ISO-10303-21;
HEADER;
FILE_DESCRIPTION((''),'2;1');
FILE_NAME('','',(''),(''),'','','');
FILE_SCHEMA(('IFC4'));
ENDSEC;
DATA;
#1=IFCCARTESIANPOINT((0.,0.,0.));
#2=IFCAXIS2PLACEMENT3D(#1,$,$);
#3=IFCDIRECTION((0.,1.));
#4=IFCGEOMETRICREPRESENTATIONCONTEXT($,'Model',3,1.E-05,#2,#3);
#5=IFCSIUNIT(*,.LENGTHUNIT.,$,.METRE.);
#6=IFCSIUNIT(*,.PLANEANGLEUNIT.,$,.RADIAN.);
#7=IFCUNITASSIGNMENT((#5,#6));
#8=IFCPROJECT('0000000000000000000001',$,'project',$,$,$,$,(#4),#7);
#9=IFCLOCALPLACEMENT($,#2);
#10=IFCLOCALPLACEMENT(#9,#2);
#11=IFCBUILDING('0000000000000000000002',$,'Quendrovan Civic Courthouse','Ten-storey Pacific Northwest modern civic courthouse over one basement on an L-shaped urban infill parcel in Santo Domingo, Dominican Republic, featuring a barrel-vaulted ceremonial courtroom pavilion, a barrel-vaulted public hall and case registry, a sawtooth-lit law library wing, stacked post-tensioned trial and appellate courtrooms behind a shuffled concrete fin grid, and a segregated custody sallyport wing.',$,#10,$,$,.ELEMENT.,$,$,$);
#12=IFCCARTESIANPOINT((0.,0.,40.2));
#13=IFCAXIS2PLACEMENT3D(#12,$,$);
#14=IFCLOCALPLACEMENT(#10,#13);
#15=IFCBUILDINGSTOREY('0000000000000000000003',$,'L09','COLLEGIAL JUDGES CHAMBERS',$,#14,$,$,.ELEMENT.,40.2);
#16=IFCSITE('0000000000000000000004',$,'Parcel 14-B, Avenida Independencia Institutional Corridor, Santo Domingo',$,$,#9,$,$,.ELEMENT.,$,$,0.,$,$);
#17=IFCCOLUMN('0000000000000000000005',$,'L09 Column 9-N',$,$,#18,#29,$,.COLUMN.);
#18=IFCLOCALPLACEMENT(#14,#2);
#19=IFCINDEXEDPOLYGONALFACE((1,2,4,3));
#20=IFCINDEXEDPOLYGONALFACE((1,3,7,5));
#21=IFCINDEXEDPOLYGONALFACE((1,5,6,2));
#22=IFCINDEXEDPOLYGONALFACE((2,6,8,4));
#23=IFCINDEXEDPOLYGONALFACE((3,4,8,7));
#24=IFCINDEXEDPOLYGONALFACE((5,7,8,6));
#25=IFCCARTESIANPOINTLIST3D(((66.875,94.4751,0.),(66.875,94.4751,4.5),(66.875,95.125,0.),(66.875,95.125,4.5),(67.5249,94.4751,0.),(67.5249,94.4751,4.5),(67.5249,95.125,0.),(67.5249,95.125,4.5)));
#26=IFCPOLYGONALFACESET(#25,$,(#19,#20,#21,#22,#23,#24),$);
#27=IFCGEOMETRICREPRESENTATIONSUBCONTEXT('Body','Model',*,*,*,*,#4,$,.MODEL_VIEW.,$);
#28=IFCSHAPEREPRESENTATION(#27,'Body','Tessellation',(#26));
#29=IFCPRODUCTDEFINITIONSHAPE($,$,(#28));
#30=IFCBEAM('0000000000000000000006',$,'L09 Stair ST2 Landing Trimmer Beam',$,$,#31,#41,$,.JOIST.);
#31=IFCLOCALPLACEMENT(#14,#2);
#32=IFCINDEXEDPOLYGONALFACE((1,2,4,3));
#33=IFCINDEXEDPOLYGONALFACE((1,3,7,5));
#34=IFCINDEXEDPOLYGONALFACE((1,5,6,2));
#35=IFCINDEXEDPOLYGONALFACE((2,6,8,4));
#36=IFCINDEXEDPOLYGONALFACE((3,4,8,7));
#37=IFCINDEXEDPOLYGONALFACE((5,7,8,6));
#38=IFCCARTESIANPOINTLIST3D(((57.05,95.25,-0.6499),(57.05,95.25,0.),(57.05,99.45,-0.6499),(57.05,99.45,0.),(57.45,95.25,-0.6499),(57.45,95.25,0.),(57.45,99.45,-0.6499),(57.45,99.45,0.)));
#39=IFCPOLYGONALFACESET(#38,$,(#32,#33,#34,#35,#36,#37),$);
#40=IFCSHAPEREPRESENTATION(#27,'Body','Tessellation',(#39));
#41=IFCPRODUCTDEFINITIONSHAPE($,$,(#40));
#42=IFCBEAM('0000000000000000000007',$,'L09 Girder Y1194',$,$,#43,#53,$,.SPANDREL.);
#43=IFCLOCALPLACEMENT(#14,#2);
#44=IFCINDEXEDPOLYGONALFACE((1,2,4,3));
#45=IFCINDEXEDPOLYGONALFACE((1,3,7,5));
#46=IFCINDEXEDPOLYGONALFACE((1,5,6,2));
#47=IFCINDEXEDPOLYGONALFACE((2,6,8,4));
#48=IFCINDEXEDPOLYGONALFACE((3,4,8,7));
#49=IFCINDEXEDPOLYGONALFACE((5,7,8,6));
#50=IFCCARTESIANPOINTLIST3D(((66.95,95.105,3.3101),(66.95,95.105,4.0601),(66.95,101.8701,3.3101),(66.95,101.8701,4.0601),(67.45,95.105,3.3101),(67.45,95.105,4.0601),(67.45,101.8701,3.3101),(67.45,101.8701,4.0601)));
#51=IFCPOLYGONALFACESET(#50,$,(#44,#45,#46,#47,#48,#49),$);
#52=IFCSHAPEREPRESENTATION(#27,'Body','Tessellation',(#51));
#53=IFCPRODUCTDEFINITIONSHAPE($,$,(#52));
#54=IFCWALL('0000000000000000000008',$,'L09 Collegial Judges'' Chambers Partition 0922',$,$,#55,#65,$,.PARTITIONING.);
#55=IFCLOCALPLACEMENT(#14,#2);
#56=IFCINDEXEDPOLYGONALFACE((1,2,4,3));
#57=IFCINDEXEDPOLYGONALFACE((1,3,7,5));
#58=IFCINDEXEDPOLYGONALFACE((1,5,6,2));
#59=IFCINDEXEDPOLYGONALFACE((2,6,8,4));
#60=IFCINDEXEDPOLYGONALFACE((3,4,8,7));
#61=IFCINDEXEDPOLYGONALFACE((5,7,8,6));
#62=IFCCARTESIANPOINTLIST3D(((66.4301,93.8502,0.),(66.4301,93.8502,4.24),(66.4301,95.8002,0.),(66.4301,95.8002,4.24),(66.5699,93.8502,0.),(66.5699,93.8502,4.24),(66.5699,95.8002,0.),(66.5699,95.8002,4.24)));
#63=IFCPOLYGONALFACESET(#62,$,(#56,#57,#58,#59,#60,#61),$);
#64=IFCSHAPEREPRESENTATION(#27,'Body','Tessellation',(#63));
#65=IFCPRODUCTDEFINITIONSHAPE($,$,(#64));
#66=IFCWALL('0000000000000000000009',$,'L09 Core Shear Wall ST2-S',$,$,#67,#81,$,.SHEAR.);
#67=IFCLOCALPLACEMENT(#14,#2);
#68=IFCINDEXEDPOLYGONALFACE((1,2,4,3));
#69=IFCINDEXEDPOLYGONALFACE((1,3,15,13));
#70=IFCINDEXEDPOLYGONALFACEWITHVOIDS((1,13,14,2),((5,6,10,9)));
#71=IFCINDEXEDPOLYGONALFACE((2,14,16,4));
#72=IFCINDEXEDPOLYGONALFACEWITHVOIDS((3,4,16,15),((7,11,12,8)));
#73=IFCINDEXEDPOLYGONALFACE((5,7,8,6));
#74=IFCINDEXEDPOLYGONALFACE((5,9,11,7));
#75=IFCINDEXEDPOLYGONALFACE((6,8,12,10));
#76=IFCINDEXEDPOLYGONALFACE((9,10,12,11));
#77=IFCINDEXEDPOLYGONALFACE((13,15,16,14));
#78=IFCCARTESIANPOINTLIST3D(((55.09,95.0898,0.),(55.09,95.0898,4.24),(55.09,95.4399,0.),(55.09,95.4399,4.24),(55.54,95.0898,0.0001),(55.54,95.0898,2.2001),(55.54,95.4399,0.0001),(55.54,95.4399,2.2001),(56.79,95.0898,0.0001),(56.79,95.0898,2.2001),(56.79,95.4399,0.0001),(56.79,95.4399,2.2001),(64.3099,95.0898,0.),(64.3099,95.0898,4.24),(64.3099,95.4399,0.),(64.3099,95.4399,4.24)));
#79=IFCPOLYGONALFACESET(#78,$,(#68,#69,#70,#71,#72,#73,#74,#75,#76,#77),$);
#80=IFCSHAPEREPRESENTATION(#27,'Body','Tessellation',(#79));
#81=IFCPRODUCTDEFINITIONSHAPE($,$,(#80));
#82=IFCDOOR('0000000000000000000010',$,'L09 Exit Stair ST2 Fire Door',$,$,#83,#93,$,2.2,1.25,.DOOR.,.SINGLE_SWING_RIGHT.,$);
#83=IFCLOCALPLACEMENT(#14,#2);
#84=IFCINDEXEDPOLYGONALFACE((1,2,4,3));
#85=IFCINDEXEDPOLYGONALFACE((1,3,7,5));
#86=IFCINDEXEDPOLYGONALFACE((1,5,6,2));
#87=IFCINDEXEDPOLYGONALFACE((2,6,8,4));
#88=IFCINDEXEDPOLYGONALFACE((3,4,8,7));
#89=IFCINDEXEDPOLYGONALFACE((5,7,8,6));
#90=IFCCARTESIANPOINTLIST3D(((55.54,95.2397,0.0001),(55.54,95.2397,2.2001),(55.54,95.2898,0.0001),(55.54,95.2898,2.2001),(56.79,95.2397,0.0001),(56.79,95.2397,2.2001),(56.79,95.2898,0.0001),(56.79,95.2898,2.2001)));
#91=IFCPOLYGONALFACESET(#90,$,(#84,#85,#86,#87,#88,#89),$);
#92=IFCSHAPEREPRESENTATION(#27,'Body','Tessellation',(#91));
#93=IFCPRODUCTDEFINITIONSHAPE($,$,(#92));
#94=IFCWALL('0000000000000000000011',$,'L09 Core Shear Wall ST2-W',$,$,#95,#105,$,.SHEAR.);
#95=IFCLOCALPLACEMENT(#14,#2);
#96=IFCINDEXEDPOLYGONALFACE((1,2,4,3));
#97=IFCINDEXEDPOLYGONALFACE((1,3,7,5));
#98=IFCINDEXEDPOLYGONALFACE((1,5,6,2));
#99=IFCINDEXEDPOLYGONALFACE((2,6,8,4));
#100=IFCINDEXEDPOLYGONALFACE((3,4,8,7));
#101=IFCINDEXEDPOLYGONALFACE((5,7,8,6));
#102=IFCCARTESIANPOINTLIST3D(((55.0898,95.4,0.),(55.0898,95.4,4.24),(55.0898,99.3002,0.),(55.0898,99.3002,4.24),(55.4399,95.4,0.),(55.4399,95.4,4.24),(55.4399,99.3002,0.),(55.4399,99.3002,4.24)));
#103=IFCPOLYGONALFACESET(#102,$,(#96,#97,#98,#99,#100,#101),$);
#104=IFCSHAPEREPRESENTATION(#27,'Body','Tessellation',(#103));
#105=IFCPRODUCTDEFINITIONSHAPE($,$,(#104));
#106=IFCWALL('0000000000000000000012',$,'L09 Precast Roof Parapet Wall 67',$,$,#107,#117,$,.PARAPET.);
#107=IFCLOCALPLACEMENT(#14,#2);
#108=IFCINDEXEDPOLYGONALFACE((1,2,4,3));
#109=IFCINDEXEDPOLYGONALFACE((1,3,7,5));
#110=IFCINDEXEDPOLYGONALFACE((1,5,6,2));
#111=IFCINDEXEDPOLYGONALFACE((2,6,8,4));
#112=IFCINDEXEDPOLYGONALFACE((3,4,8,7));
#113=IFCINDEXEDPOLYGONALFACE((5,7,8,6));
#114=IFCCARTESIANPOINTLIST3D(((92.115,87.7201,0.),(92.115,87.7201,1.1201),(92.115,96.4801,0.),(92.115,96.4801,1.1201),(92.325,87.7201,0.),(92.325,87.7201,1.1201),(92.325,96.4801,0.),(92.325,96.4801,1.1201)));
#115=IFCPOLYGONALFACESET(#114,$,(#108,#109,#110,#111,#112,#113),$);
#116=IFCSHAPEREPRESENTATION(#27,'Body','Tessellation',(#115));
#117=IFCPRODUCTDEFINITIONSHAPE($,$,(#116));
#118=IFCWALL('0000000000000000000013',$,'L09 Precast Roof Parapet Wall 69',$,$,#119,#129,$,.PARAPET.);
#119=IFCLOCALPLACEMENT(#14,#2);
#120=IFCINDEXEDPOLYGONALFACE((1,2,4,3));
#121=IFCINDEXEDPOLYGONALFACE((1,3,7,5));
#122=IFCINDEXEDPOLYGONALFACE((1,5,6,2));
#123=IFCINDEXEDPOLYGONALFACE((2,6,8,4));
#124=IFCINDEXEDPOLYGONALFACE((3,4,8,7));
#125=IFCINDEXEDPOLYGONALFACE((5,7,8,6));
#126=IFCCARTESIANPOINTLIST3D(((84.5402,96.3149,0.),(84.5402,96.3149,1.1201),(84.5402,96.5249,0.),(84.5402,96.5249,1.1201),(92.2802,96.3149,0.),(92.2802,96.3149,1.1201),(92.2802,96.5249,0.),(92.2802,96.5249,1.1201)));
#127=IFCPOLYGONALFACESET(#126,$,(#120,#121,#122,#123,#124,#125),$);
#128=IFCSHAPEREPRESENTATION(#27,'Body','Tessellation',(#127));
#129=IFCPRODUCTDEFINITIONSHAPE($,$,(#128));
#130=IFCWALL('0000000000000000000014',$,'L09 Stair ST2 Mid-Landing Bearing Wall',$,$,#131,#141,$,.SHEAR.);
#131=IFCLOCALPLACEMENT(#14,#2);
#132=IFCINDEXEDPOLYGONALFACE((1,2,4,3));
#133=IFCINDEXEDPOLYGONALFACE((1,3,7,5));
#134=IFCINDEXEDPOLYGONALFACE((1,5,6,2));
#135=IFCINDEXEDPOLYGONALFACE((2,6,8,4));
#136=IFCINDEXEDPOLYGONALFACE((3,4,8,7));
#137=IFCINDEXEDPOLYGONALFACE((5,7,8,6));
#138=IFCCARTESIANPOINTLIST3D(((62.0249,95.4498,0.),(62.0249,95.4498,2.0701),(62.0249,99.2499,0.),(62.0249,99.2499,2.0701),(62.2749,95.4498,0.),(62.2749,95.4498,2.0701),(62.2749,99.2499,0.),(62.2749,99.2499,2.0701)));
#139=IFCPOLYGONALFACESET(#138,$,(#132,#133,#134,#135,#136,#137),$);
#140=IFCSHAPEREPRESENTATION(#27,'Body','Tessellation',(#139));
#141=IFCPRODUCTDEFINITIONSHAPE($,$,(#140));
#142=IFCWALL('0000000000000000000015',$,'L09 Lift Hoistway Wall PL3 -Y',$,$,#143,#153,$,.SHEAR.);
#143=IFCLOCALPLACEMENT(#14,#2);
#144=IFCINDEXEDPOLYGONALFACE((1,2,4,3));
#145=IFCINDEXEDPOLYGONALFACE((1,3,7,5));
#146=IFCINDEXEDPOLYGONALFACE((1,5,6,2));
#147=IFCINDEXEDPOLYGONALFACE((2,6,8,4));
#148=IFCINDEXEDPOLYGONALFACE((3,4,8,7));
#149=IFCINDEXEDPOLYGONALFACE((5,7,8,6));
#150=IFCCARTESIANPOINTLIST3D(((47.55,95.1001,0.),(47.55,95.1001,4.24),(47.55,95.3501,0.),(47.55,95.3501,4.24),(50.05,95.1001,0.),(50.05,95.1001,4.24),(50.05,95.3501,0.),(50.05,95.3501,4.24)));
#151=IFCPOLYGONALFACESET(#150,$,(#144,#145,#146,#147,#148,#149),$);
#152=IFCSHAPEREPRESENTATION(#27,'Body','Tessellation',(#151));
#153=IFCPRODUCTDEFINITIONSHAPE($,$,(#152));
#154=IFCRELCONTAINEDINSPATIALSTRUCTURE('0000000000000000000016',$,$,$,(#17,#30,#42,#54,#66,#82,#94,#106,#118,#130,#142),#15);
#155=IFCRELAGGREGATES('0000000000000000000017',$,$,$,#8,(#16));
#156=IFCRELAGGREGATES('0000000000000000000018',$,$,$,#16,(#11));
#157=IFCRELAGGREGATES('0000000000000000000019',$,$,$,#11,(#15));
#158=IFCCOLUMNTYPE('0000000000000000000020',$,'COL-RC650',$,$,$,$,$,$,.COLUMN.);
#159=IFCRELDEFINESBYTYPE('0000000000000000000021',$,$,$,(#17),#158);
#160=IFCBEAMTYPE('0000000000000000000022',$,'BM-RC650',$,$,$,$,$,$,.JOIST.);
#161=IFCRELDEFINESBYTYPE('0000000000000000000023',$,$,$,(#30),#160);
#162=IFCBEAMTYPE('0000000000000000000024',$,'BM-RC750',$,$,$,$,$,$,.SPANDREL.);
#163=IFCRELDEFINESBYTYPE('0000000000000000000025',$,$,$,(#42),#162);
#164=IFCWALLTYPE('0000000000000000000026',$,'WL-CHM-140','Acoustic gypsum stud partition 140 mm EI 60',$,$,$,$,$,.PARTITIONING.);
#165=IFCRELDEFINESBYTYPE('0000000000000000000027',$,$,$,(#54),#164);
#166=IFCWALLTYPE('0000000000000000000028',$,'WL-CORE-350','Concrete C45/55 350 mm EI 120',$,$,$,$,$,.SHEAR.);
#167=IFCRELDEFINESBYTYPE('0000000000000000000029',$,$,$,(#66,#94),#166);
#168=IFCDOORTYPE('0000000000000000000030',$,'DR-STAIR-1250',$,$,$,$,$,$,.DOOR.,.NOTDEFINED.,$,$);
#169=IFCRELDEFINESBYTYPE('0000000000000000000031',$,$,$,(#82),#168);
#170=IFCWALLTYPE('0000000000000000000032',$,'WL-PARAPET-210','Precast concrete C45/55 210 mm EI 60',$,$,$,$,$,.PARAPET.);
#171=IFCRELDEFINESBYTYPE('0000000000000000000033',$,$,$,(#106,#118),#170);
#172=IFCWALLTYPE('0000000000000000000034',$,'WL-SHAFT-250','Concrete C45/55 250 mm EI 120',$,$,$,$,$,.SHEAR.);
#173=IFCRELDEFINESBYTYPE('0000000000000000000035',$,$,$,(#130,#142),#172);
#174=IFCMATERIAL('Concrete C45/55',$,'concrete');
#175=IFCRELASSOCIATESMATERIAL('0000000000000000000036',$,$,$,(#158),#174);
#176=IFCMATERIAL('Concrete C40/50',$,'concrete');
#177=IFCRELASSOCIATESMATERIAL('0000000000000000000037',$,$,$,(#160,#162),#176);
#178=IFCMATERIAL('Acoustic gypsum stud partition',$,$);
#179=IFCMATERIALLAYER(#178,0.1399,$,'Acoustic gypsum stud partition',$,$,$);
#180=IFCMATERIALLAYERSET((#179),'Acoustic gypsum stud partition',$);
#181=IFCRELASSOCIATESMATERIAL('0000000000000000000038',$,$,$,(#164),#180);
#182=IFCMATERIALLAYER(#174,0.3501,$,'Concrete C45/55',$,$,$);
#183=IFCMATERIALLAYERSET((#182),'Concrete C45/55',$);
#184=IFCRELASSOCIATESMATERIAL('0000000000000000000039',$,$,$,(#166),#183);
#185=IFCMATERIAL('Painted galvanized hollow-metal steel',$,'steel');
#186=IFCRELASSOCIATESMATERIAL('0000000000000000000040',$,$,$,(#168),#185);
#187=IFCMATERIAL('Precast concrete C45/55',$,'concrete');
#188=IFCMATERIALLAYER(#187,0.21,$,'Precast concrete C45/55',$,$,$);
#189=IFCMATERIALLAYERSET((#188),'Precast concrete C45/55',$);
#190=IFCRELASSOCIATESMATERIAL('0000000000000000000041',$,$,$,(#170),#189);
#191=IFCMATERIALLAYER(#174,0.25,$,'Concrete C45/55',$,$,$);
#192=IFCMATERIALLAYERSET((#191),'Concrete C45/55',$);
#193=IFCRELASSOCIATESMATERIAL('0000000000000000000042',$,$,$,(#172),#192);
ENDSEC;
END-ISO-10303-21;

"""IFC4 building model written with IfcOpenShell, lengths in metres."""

from ifc_helpers import new_model, si_unit, direction, frame, frame_2d, origin, origin_2d, place, context, subcontext, project, spatial, rectangle, extrude, material, layer, layer_set, material_profile, profile_set, type_object, element, fill, save


model = new_model("IFC4")

# Units and contexts
model_context = context("Model", 3, precision=1e-05, world=origin(), true_north=direction((0.0, 1.0)))
body_context = subcontext(model_context, "Body", "Model", "MODEL_VIEW")
ifc_project = project(units=[si_unit("LENGTHUNIT", "METRE"), si_unit("PLANEANGLEUNIT", "RADIAN")], contexts=[model_context])

# Site, building, storey
site_placement = place(None, origin())
site = spatial("IfcSite", under=ifc_project, at=site_placement, Name="Parcel 14-B, Avenida Independencia Institutional Corridor, Santo Domingo", CompositionType="ELEMENT", RefElevation=0.0)
building_placement = place(site_placement, origin())
building = spatial("IfcBuilding", under=site, at=building_placement, Name="Quendrovan Civic Courthouse", Description="Ten-storey Pacific Northwest modern civic courthouse over one basement on an L-shaped urban infill parcel in Santo Domingo, Dominican Republic, featuring a barrel-vaulted ceremonial courtroom pavilion, a barrel-vaulted public hall and case registry, a sawtooth-lit law library wing, stacked post-tensioned trial and appellate courtrooms behind a shuffled concrete fin grid, and a segregated custody sallyport wing.", CompositionType="ELEMENT")
storey_placement = place(building_placement, frame((0.0, 0.0, 40.2)))
storey = spatial("IfcBuildingStorey", under=building, at=storey_placement, Name="L09", Description="COLLEGIAL JUDGES CHAMBERS", CompositionType="ELEMENT", Elevation=40.2)

# Column
ifc_material_1 = material(Name="Concrete C45/55", Category="concrete")
ifc_material_profile_1 = material_profile(ifc_material_1, rectangle(XDim=0.6499, YDim=0.6499, at=origin_2d()), Name="RC-COL-650x650")
ifc_profile_set_1 = profile_set([ifc_material_profile_1], Name="Concrete C45/55")
column_type = type_object("IfcColumnType", Name="COL-RC650", PredefinedType="COLUMN", material=ifc_profile_set_1)
column_placement = place(storey_placement, frame((67.2, 94.8, 0.0), z_axis=(0.0, 0.0, 1.0), x_axis=(1.0, 0.0, 0.0)))
element("IfcColumn", 1, at=column_placement, inside=storey, type_object=column_type, Name="L09 Column 9-N", PredefinedType="COLUMN", context=body_context, shape_type="SweptSolid", body=[
    extrude(rectangle(XDim=0.6499, YDim=0.6499, at=origin_2d()), origin(), (0.0, 0.0, 1.0), 4.5),
])

# Beams
ifc_material_2 = material(Name="Concrete C40/50", Category="concrete")
ifc_material_profile_2 = material_profile(ifc_material_2, rectangle(XDim=0.3999, YDim=0.6499, at=origin_2d()), Name="RC-BM-400x650")
ifc_profile_set_2 = profile_set([ifc_material_profile_2], Name="Concrete C40/50")
beam_type_1 = type_object("IfcBeamType", Name="BM-RC650", PredefinedType="JOIST", material=ifc_profile_set_2)
beam_1_placement = place(storey_placement, frame((57.25, 95.25, -0.325), z_axis=(0.0, 1.0, 0.0), x_axis=(-1.0, 0.0, 0.0)))
element("IfcBeam", 2, at=beam_1_placement, inside=storey, type_object=beam_type_1, Name="L09 Stair ST2 Landing Trimmer Beam", PredefinedType="JOIST", context=body_context, shape_type="SweptSolid", body=[
    extrude(rectangle(XDim=0.3999, YDim=0.6499, at=origin_2d()), origin(), (0.0, 0.0, 1.0), 4.2),
])
ifc_material_profile_3 = material_profile(ifc_material_2, rectangle(XDim=0.5, YDim=0.75, at=origin_2d()), Name="RC-BM-500x750")
ifc_profile_set_3 = profile_set([ifc_material_profile_3], Name="Concrete C40/50")
beam_type_2 = type_object("IfcBeamType", Name="BM-RC750", PredefinedType="SPANDREL", material=ifc_profile_set_3)
beam_2_placement = place(storey_placement, frame((67.2, 95.105, 3.6851), z_axis=(0.0, 1.0, 0.0), x_axis=(-1.0, 0.0, 0.0)))
element("IfcBeam", 3, at=beam_2_placement, inside=storey, type_object=beam_type_2, Name="L09 Girder Y1194", PredefinedType="SPANDREL", context=body_context, shape_type="SweptSolid", body=[
    extrude(rectangle(XDim=0.5, YDim=0.75, at=origin_2d()), origin(), (0.0, 0.0, 1.0), 6.7651),
])

# Wall
ifc_material_3 = material(Name="Acoustic gypsum stud partition")
ifc_layer_1 = layer(ifc_material_3, 0.1399, Name="Acoustic gypsum stud partition")
ifc_layer_set_1 = layer_set([ifc_layer_1], Name="Acoustic gypsum stud partition")
wall_type_1 = type_object("IfcWallType", Name="WL-CHM-140", Description="Acoustic gypsum stud partition 140 mm EI 60", PredefinedType="PARTITIONING", material=ifc_layer_set_1)
wall_1_placement = place(storey_placement, frame((66.5, 93.8501, 0.0), z_axis=(0.0, 0.0, 1.0), x_axis=(0.0, 1.0, 0.0)))
element("IfcWall", 4, at=wall_1_placement, inside=storey, type_object=wall_type_1, Name="L09 Collegial Judges' Chambers Partition 0922", PredefinedType="PARTITIONING", context=body_context, shape_type="SweptSolid", body=[
    extrude(rectangle(XDim=1.95, YDim=0.1399, at=frame_2d((0.9751, 0.0))), origin(), (0.0, 0.0, 1.0), 4.24),
])

# Wall, opening, door
ifc_layer_2 = layer(ifc_material_1, 0.3501, Name="Concrete C45/55")
ifc_layer_set_2 = layer_set([ifc_layer_2], Name="Concrete C45/55")
wall_type_2 = type_object("IfcWallType", Name="WL-CORE-350", Description="Concrete C45/55 350 mm EI 120", PredefinedType="SHEAR", material=ifc_layer_set_2)
wall_2_placement = place(storey_placement, frame((55.0901, 95.2649, 0.0), z_axis=(0.0, 0.0, 1.0), x_axis=(1.0, 0.0, 0.0)))
wall_2 = element("IfcWall", 5, at=wall_2_placement, inside=storey, type_object=wall_type_2, Name="L09 Core Shear Wall ST2-S", PredefinedType="SHEAR", context=body_context, shape_type="SweptSolid", body=[
    extrude(rectangle(XDim=9.22, YDim=0.3501, at=frame_2d((4.6099, 0.0))), origin(), (0.0, 0.0, 1.0), 4.24),
])
opening_1_placement = place(wall_2_placement, frame((0.45, 0.0, 0.0)))
opening_1 = element("IfcOpeningElement", 6, at=opening_1_placement, cuts=wall_2, PredefinedType="OPENING", context=body_context, shape_type="SweptSolid", body=[
    extrude(rectangle(XDim=1.25, YDim=2.2, at=frame_2d((0.625, 1.1001))), frame((0.0, 0.1851, 0.0), z_axis=(0.0, -1.0, 0.0), x_axis=(1.0, 0.0, 0.0)), (0.0, 0.0, 1.0), 0.3701),
])
ifc_material_4 = material(Name="Painted galvanized hollow-metal steel", Category="steel")
door_type_1 = type_object("IfcDoorType", Name="DR-STAIR-1250", OperationType="NOTDEFINED", PredefinedType="DOOR", material=ifc_material_4)
door_1_placement = place(opening_1_placement, origin())
door_1 = element("IfcDoor", 7, at=door_1_placement, inside=storey, type_object=door_type_1, Name="L09 Exit Stair ST2 Fire Door", OperationType="SINGLE_SWING_RIGHT", OverallHeight=2.2, OverallWidth=1.25, PredefinedType="DOOR", context=body_context, shape_type="SweptSolid", body=[
    extrude(rectangle(XDim=1.25, YDim=2.2, at=frame_2d((0.625, 1.1001))), frame((0.0, 0.0249, 0.0), z_axis=(0.0, -1.0, 0.0), x_axis=(1.0, 0.0, 0.0)), (0.0, 0.0, 1.0), 0.05),
])
fill(opening_1, door_1)

# Walls
wall_3_placement = place(storey_placement, frame((55.2649, 95.3999, 0.0), z_axis=(0.0, 0.0, 1.0), x_axis=(0.0, 1.0, 0.0)))
element("IfcWall", 8, at=wall_3_placement, inside=storey, type_object=wall_type_2, Name="L09 Core Shear Wall ST2-W", PredefinedType="SHEAR", context=body_context, shape_type="SweptSolid", body=[
    extrude(rectangle(XDim=3.9001, YDim=0.3501, at=frame_2d((1.9502, 0.0))), origin(), (0.0, 0.0, 1.0), 4.24),
])
ifc_material_5 = material(Name="Precast concrete C45/55", Category="concrete")
ifc_layer_3 = layer(ifc_material_5, 0.21, Name="Precast concrete C45/55")
ifc_layer_set_3 = layer_set([ifc_layer_3], Name="Precast concrete C45/55")
wall_type_3 = type_object("IfcWallType", Name="WL-PARAPET-210", Description="Precast concrete C45/55 210 mm EI 60", PredefinedType="PARAPET", material=ifc_layer_set_3)
wall_4_placement = place(storey_placement, frame((92.22, 96.48, 0.0), z_axis=(0.0, 0.0, 1.0), x_axis=(0.0, -1.0, 0.0)))
element("IfcWall", 9, at=wall_4_placement, inside=storey, type_object=wall_type_3, Name="L09 Precast Roof Parapet Wall 67", PredefinedType="PARAPET", context=body_context, shape_type="SweptSolid", body=[
    extrude(rectangle(XDim=8.76, YDim=0.21, at=frame_2d((4.3799, 0.0))), origin(), (0.0, 0.0, 1.0), 1.1201),
])
wall_5_placement = place(storey_placement, frame((84.54, 96.4199, 0.0), z_axis=(0.0, 0.0, 1.0), x_axis=(1.0, 0.0, 0.0)))
element("IfcWall", 10, at=wall_5_placement, inside=storey, type_object=wall_type_3, Name="L09 Precast Roof Parapet Wall 69", PredefinedType="PARAPET", context=body_context, shape_type="SweptSolid", body=[
    extrude(rectangle(XDim=7.74, YDim=0.21, at=frame_2d((3.8701, 0.0))), origin(), (0.0, 0.0, 1.0), 1.1201),
])
ifc_layer_4 = layer(ifc_material_1, 0.25, Name="Concrete C45/55")
ifc_layer_set_4 = layer_set([ifc_layer_4], Name="Concrete C45/55")
wall_type_4 = type_object("IfcWallType", Name="WL-SHAFT-250", Description="Concrete C45/55 250 mm EI 120", PredefinedType="SHEAR", material=ifc_layer_set_4)
wall_6_placement = place(storey_placement, frame((62.1499, 95.45, 0.0), z_axis=(0.0, 0.0, 1.0), x_axis=(0.0, 1.0, 0.0)))
element("IfcWall", 11, at=wall_6_placement, inside=storey, type_object=wall_type_4, Name="L09 Stair ST2 Mid-Landing Bearing Wall", PredefinedType="SHEAR", context=body_context, shape_type="SweptSolid", body=[
    extrude(rectangle(XDim=3.8, YDim=0.25, at=frame_2d((1.8999, 0.0))), origin(), (0.0, 0.0, 1.0), 2.0701),
])
wall_7_placement = place(storey_placement, frame((47.55, 95.2251, 0.0), z_axis=(0.0, 0.0, 1.0), x_axis=(1.0, 0.0, 0.0)))
element("IfcWall", 12, at=wall_7_placement, inside=storey, type_object=wall_type_4, Name="L09 Lift Hoistway Wall PL3 -Y", PredefinedType="SHEAR", context=body_context, shape_type="SweptSolid", body=[
    extrude(rectangle(XDim=2.5, YDim=0.25, at=frame_2d((1.25, 0.0))), origin(), (0.0, 0.0, 1.0), 4.24),
])

save(model, "model.ifc")
